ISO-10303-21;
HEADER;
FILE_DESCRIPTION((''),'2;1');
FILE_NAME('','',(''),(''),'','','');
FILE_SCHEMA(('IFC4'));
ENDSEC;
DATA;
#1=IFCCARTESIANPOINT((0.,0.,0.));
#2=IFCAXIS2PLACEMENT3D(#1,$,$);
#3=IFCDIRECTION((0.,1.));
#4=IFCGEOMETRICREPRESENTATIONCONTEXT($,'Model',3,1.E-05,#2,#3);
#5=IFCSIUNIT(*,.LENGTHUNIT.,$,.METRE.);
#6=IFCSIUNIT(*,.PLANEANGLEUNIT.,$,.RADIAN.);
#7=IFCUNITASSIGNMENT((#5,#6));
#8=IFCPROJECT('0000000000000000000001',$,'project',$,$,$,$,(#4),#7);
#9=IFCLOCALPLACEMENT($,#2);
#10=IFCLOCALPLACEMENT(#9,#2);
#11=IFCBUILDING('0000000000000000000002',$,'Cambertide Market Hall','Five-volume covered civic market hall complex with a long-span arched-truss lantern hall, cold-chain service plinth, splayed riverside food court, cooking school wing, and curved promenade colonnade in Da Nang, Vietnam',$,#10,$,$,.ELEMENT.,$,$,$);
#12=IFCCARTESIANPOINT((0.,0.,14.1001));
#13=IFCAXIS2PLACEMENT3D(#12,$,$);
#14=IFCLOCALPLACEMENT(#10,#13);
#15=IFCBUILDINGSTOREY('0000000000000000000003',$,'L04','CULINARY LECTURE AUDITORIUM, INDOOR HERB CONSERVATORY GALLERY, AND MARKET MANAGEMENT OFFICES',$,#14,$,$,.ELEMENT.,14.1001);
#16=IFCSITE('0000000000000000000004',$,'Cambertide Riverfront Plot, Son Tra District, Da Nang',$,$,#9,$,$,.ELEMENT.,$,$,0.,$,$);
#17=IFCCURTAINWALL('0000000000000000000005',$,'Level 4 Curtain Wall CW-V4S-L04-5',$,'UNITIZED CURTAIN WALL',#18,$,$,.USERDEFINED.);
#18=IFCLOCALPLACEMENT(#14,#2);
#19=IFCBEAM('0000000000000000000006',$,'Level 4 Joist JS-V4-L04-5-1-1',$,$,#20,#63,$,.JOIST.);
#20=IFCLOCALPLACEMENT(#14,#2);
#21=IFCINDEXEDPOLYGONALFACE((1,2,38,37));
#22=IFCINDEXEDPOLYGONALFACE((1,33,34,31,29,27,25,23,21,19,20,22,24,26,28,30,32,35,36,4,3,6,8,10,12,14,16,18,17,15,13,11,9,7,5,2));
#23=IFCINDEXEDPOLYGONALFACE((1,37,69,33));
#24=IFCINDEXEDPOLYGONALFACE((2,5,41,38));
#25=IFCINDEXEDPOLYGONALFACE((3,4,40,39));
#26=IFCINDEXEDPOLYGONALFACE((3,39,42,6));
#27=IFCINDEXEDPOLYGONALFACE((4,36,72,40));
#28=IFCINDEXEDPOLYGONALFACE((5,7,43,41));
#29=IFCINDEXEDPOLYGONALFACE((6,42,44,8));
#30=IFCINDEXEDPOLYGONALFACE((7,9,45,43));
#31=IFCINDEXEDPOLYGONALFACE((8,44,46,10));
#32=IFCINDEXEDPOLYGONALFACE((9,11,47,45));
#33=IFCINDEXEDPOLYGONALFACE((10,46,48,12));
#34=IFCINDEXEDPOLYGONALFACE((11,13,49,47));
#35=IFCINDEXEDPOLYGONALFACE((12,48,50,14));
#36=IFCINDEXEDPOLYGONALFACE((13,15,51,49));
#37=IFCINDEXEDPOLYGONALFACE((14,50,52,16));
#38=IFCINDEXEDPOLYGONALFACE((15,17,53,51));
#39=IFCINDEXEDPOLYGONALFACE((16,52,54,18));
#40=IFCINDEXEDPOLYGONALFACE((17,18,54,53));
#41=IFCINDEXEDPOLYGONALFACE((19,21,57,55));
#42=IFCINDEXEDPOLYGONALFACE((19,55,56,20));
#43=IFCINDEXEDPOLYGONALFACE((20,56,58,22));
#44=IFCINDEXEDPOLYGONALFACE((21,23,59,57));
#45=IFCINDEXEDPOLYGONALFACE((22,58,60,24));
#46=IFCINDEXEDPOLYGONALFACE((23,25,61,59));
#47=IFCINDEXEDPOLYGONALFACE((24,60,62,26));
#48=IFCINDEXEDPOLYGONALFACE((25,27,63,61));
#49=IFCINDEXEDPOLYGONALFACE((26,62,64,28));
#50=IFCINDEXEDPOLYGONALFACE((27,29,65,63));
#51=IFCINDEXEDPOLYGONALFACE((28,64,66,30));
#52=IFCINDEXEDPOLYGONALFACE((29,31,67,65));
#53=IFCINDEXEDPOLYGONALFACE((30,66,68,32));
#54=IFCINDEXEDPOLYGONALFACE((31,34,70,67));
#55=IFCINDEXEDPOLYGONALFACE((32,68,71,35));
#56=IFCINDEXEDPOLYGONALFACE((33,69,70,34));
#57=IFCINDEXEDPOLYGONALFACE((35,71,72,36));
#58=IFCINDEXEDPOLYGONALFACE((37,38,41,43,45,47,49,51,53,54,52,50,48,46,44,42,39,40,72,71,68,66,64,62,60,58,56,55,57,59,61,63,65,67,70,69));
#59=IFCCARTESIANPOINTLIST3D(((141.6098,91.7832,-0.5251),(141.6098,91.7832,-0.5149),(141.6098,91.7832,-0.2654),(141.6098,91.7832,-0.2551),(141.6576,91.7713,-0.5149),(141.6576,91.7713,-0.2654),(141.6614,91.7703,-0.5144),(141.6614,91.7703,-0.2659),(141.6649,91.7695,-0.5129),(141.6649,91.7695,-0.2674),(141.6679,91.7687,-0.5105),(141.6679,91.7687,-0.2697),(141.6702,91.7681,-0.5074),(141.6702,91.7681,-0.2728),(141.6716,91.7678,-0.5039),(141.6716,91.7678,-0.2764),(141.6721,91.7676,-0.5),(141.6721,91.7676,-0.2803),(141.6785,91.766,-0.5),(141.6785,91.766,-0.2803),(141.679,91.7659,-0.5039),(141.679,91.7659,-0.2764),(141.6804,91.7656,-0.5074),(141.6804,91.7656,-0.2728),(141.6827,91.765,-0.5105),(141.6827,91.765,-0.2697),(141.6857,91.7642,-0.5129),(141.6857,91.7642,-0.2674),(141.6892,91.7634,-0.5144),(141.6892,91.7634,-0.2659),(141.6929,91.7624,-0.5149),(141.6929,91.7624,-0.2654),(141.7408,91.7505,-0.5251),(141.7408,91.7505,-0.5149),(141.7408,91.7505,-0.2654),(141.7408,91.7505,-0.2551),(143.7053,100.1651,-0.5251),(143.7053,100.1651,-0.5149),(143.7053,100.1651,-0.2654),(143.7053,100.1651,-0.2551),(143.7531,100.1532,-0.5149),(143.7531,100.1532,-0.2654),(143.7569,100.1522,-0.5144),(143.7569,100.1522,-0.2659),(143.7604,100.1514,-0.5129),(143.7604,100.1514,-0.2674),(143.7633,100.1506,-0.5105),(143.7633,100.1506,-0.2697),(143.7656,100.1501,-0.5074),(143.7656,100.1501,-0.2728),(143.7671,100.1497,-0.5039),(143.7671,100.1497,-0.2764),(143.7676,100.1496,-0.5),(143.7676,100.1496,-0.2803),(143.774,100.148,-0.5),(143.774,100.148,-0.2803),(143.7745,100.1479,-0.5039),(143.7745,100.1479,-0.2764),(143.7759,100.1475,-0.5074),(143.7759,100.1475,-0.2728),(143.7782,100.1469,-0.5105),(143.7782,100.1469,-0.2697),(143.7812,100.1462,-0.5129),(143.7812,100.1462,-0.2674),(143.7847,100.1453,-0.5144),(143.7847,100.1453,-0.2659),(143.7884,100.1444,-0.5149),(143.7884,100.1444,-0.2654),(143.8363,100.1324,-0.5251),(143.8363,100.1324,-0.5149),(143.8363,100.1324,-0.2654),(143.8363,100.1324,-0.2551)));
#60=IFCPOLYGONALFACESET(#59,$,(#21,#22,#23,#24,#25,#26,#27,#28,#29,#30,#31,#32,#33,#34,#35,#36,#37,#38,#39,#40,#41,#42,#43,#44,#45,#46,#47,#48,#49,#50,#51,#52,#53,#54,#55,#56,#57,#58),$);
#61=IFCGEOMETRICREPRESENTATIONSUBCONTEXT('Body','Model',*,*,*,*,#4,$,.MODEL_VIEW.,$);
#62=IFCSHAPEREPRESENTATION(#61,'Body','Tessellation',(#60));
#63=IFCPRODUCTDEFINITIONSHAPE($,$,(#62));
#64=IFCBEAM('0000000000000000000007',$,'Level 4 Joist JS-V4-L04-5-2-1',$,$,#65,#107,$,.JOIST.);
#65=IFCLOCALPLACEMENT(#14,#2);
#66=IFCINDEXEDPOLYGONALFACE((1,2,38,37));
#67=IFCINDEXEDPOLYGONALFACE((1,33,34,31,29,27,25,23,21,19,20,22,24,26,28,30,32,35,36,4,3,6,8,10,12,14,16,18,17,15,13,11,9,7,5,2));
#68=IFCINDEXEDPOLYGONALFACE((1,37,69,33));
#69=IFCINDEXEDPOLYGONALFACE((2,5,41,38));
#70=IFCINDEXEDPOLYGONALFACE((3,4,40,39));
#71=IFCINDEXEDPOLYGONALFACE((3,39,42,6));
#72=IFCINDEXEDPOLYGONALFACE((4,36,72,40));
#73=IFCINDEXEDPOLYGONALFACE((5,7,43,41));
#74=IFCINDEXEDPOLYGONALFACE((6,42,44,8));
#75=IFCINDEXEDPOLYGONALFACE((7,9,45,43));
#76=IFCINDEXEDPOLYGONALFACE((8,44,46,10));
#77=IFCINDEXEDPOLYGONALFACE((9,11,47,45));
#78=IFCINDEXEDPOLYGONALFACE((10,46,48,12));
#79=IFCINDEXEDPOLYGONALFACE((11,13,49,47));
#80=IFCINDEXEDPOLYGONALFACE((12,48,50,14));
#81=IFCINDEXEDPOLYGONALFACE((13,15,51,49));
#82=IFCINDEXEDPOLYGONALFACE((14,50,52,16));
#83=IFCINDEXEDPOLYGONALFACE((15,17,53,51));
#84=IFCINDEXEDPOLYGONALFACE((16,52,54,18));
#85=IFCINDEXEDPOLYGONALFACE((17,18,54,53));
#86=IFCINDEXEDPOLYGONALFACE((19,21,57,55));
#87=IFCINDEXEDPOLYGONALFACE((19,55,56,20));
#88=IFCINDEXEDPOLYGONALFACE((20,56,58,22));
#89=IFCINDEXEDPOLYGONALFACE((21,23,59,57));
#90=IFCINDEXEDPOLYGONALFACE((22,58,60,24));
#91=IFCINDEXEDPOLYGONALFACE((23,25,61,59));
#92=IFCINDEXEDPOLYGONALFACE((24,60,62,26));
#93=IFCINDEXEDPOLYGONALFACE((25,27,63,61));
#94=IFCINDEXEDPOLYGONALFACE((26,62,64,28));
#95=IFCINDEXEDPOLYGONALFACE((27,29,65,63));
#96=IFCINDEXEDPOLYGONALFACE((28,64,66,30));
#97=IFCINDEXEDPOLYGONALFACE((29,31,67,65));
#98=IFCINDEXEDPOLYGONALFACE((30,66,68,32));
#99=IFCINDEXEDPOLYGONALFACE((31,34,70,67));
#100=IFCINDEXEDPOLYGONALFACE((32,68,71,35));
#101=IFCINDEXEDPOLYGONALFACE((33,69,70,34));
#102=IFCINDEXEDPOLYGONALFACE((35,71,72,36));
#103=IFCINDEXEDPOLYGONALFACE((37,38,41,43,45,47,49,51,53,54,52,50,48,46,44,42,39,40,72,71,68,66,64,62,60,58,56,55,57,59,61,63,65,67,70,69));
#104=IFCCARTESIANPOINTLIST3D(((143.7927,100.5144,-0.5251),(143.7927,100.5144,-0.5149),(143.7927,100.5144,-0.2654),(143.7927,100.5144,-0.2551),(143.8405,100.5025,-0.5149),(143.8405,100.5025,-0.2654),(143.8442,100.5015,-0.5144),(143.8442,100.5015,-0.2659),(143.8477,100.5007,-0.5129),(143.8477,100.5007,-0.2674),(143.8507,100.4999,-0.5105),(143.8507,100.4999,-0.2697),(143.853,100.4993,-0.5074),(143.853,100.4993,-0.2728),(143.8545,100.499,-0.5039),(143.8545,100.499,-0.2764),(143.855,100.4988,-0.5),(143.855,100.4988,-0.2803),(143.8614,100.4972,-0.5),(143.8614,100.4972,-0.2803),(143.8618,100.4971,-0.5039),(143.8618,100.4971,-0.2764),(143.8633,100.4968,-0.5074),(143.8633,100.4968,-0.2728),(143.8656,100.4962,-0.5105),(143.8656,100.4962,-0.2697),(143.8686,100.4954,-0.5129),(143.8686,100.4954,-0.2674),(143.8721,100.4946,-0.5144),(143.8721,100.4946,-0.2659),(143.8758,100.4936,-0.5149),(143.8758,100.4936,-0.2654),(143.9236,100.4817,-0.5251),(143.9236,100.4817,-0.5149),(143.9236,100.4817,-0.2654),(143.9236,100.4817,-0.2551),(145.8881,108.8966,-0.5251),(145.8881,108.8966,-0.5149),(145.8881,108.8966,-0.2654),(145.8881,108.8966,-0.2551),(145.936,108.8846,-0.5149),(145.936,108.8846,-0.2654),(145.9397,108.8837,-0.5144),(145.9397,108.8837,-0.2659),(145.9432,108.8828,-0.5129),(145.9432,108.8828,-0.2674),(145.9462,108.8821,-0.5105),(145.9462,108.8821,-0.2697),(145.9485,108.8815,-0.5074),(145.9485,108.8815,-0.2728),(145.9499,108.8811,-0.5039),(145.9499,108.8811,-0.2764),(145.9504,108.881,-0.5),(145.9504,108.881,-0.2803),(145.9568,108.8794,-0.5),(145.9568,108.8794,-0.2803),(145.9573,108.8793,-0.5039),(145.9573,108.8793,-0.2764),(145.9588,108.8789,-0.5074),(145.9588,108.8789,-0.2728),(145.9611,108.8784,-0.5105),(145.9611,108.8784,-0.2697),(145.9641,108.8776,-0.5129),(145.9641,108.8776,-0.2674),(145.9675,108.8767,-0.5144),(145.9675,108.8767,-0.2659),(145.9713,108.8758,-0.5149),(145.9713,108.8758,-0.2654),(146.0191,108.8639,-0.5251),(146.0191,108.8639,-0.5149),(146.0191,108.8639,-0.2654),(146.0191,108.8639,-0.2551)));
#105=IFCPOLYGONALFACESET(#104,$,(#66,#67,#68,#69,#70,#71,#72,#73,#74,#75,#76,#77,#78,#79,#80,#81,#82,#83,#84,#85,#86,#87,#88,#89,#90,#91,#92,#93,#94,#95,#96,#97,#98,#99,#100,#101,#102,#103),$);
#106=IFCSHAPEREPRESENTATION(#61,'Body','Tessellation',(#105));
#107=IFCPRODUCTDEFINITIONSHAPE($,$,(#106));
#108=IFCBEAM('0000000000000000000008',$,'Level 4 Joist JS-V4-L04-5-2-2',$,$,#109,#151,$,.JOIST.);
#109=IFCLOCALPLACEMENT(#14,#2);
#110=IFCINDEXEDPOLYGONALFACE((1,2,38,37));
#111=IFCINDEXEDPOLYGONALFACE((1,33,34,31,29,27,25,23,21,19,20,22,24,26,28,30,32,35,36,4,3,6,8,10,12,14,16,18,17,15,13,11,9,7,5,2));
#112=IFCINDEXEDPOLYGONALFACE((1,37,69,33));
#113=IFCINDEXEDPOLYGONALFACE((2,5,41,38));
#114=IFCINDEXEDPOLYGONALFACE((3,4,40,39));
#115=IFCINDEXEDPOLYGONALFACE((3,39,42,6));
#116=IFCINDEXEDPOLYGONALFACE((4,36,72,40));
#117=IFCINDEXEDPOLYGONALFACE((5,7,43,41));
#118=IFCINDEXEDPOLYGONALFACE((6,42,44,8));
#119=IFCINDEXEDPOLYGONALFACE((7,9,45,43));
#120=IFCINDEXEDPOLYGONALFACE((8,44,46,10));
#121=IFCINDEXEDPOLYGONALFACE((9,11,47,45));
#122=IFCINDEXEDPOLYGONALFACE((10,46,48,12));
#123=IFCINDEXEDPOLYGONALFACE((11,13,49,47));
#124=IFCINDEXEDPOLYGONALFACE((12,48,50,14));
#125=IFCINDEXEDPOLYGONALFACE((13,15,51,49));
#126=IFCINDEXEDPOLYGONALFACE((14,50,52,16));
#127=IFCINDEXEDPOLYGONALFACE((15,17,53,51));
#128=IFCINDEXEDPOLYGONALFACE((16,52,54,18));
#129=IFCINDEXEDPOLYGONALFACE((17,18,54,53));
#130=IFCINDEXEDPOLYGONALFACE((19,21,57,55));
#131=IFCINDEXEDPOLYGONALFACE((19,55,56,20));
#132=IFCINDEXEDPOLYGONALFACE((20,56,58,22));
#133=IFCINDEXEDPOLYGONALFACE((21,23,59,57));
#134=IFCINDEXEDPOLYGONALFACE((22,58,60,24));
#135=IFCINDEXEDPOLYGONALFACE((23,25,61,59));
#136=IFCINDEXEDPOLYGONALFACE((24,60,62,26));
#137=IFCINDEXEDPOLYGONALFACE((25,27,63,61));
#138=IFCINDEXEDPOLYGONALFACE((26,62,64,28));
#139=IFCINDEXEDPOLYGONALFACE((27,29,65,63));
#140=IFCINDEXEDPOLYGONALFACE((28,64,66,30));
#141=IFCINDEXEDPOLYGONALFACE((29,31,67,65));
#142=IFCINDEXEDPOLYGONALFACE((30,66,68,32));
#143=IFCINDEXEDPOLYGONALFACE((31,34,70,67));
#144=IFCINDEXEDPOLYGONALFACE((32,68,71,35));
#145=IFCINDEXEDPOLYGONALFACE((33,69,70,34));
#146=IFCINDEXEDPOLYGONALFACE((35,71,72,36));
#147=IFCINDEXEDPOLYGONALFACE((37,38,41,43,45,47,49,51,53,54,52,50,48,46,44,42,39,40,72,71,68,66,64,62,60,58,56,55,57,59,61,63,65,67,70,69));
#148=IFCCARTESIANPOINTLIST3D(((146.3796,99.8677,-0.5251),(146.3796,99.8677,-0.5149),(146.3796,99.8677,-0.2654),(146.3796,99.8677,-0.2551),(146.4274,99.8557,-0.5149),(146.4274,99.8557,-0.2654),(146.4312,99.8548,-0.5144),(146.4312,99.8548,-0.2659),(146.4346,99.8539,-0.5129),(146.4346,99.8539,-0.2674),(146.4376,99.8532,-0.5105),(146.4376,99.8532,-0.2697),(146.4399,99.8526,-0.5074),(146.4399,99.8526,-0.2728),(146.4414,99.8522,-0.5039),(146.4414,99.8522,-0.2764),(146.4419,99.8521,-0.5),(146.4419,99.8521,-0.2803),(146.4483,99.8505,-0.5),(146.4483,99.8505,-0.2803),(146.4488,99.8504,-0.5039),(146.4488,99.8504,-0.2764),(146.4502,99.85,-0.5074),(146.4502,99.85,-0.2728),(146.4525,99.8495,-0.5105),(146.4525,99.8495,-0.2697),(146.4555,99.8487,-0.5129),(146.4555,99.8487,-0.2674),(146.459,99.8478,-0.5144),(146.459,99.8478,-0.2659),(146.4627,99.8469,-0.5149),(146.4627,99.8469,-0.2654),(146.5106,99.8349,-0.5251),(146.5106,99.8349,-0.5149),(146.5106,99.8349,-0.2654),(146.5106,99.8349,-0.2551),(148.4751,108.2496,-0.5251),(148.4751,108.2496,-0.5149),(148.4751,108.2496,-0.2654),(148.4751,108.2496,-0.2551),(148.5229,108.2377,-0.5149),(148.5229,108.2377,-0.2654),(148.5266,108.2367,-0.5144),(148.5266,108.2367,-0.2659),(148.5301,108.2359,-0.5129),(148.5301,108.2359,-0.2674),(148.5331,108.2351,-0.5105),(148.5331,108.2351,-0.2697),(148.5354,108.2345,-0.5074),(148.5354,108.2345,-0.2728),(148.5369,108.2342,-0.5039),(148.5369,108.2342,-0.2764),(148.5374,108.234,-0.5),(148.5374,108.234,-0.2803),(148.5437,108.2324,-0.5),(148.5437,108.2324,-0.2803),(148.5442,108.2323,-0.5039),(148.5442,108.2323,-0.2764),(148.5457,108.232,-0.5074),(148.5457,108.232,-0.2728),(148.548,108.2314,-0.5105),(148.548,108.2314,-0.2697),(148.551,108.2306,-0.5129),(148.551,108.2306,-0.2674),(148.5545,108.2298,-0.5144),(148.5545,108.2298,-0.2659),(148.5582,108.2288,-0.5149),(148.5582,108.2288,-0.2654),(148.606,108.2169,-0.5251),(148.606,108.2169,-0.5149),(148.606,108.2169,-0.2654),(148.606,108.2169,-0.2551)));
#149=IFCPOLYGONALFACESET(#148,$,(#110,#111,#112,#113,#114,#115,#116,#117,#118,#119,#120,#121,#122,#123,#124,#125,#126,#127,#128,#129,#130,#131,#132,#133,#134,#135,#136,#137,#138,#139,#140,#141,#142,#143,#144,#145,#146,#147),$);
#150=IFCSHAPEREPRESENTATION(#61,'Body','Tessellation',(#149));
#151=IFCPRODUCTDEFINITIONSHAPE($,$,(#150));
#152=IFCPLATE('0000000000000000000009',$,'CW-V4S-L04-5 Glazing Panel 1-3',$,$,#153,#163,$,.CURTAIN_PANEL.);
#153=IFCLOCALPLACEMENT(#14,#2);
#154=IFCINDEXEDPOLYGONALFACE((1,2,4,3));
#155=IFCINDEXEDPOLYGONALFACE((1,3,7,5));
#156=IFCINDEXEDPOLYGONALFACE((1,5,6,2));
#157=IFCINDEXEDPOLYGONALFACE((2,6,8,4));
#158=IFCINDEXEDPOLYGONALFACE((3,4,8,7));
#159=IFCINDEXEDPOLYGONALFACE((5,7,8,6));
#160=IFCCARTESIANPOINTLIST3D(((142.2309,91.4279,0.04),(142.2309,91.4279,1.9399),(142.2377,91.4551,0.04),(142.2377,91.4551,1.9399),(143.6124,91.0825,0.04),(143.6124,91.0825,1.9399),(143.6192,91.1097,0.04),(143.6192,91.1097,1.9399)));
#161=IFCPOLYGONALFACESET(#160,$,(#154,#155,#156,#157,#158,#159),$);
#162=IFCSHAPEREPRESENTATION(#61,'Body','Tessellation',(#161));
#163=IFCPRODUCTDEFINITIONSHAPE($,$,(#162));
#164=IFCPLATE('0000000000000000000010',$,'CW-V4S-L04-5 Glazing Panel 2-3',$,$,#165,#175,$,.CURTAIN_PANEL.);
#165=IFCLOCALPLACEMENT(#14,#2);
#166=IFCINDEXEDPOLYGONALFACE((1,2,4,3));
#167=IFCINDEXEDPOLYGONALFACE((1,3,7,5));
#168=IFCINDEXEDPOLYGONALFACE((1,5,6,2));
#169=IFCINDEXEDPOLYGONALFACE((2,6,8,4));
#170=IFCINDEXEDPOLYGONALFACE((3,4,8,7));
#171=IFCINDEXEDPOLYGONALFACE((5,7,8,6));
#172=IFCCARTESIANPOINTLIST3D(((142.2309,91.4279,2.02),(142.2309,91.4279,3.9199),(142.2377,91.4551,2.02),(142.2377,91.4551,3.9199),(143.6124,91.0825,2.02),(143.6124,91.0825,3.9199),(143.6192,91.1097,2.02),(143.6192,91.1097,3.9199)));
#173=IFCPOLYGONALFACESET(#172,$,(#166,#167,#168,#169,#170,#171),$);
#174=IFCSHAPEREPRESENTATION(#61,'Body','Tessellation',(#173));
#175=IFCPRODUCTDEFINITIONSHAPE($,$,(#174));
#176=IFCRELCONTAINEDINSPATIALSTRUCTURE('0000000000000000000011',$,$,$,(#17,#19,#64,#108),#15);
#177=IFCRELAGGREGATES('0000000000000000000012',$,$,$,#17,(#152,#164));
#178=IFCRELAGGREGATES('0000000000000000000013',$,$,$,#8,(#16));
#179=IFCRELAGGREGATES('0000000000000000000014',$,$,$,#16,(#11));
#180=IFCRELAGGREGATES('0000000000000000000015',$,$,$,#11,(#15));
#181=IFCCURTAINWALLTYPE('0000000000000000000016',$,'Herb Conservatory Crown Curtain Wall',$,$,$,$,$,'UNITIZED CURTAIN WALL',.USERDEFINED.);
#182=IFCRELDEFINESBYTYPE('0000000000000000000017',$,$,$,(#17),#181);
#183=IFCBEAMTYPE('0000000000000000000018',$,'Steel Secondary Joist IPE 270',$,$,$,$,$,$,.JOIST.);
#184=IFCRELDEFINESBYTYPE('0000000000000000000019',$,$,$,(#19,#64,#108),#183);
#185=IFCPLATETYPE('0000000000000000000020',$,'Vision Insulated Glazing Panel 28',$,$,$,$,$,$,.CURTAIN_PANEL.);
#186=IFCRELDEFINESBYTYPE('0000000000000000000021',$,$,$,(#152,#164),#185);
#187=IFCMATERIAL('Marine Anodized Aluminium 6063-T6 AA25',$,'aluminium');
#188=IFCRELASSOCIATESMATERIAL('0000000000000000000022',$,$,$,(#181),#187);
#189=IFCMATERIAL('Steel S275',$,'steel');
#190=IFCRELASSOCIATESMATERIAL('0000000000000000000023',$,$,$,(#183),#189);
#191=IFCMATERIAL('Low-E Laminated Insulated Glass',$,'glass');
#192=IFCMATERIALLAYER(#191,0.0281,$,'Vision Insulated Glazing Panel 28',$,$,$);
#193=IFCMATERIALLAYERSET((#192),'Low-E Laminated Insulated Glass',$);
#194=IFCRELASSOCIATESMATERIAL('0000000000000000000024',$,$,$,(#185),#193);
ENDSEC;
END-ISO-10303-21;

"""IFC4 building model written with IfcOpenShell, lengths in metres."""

from ifc_helpers import new_model, si_unit, direction, frame, origin, origin_2d, place, context, subcontext, project, spatial, rectangle, i_section, extrude, material, layer, layer_set, material_profile, profile_set, type_object, element, aggregate, save


model = new_model("IFC4")

# Units and contexts
model_context = context("Model", 3, precision=1e-05, world=origin(), true_north=direction((0.0, 1.0)))
body_context = subcontext(model_context, "Body", "Model", "MODEL_VIEW")
ifc_project = project(units=[si_unit("LENGTHUNIT", "METRE"), si_unit("PLANEANGLEUNIT", "RADIAN")], contexts=[model_context])

# Site, building, storey
site_placement = place(None, origin())
site = spatial("IfcSite", under=ifc_project, at=site_placement, Name="Cambertide Riverfront Plot, Son Tra District, Da Nang", CompositionType="ELEMENT", RefElevation=0.0)
building_placement = place(site_placement, origin())
building = spatial("IfcBuilding", under=site, at=building_placement, Name="Cambertide Market Hall", Description="Five-volume covered civic market hall complex with a long-span arched-truss lantern hall, cold-chain service plinth, splayed riverside food court, cooking school wing, and curved promenade colonnade in Da Nang, Vietnam", CompositionType="ELEMENT")
storey_placement = place(building_placement, frame((0.0, 0.0, 14.1001)))
storey = spatial("IfcBuildingStorey", under=building, at=storey_placement, Name="L04", Description="CULINARY LECTURE AUDITORIUM, INDOOR HERB CONSERVATORY GALLERY, AND MARKET MANAGEMENT OFFICES", CompositionType="ELEMENT", Elevation=14.1001)

# Curtain wall
ifc_material_1 = material(Name="Marine Anodized Aluminium 6063-T6 AA25", Category="aluminium")
curtain_wall_type = type_object("IfcCurtainWallType", Name="Herb Conservatory Crown Curtain Wall", ElementType="UNITIZED CURTAIN WALL", PredefinedType="USERDEFINED", material=ifc_material_1)
curtain_wall_placement = place(storey_placement, origin())
curtain_wall = element("IfcCurtainWall", 1, at=curtain_wall_placement, inside=storey, type_object=curtain_wall_type, Name="Level 4 Curtain Wall CW-V4S-L04-5", ObjectType="UNITIZED CURTAIN WALL", PredefinedType="USERDEFINED")

# Beams
ifc_material_2 = material(Name="Steel S275", Category="steel")
ifc_material_profile_1 = material_profile(ifc_material_2, i_section(OverallWidth=0.135, OverallDepth=0.27, WebThickness=0.0066, FlangeThickness=0.0103, FilletRadius=0.0149, at=origin_2d()), Name="IPE 270")
ifc_profile_set_1 = profile_set([ifc_material_profile_1], Name="Steel S275")
beam_type_1 = type_object("IfcBeamType", Name="Steel Secondary Joist IPE 270", PredefinedType="JOIST", material=ifc_profile_set_1)
beam_1_placement = place(storey_placement, frame((141.6753, 91.7668, -0.3901), z_axis=(0.242536, 0.970143, 0.0), x_axis=(-0.970143, 0.242536, 0.0)))
element("IfcBeam", 2, at=beam_1_placement, inside=storey, type_object=beam_type_1, Name="Level 4 Joist JS-V4-L04-5-1-1", PredefinedType="JOIST", context=body_context, shape_type="SweptSolid", body=[
    extrude(i_section(OverallWidth=0.135, OverallDepth=0.27, WebThickness=0.0066, FlangeThickness=0.0103, FilletRadius=0.0149, at=origin_2d()), origin(), (0.0, 0.0, 1.0), 8.6399),
])
beam_2_placement = place(storey_placement, frame((143.8582, 100.498, -0.3901), z_axis=(0.242529, 0.970144, 0.0), x_axis=(-0.970144, 0.242529, 0.0)))
element("IfcBeam", 3, at=beam_2_placement, inside=storey, type_object=beam_type_1, Name="Level 4 Joist JS-V4-L04-5-2-1", PredefinedType="JOIST", context=body_context, shape_type="SweptSolid", body=[
    extrude(i_section(OverallWidth=0.135, OverallDepth=0.27, WebThickness=0.0066, FlangeThickness=0.0103, FilletRadius=0.0149, at=origin_2d()), origin(), (0.0, 0.0, 1.0), 8.6401),
])
beam_3_placement = place(storey_placement, frame((146.4451, 99.8513, -0.3901), z_axis=(0.242536, 0.970143, 0.0), x_axis=(-0.970143, 0.242536, 0.0)))
element("IfcBeam", 4, at=beam_3_placement, inside=storey, type_object=beam_type_1, Name="Level 4 Joist JS-V4-L04-5-2-2", PredefinedType="JOIST", context=body_context, shape_type="SweptSolid", body=[
    extrude(i_section(OverallWidth=0.135, OverallDepth=0.27, WebThickness=0.0066, FlangeThickness=0.0103, FilletRadius=0.0149, at=origin_2d()), origin(), (0.0, 0.0, 1.0), 8.6399),
])

# Plates
ifc_material_3 = material(Name="Low-E Laminated Insulated Glass", Category="glass")
ifc_layer_1 = layer(ifc_material_3, 0.0281, Name="Vision Insulated Glazing Panel 28")
ifc_layer_set_1 = layer_set([ifc_layer_1], Name="Low-E Laminated Insulated Glass")
plate_type = type_object("IfcPlateType", Name="Vision Insulated Glazing Panel 28", PredefinedType="CURTAIN_PANEL", material=ifc_layer_set_1)
plate_1_placement = place(storey_placement, frame((142.925, 91.2688, 0.04), z_axis=(0.0, 0.0, 1.0), x_axis=(-0.970143, 0.242535, 0.0)))
plate_1 = element("IfcPlate", 5, at=plate_1_placement, type_object=plate_type, Name="CW-V4S-L04-5 Glazing Panel 1-3", PredefinedType="CURTAIN_PANEL", context=body_context, shape_type="SweptSolid", body=[
    extrude(rectangle(XDim=1.4241, YDim=0.0281, at=origin_2d()), origin(), (0.0, 0.0, 1.0), 1.8999),
])
plate_2_placement = place(storey_placement, frame((142.925, 91.2688, 2.02), z_axis=(0.0, 0.0, 1.0), x_axis=(-0.970143, 0.242535, 0.0)))
plate_2 = element("IfcPlate", 6, at=plate_2_placement, type_object=plate_type, Name="CW-V4S-L04-5 Glazing Panel 2-3", PredefinedType="CURTAIN_PANEL", context=body_context, shape_type="SweptSolid", body=[
    extrude(rectangle(XDim=1.4241, YDim=0.0281, at=origin_2d()), origin(), (0.0, 0.0, 1.0), 1.8999),
])
aggregate(curtain_wall, [plate_1, plate_2])

save(model, "model.ifc")
